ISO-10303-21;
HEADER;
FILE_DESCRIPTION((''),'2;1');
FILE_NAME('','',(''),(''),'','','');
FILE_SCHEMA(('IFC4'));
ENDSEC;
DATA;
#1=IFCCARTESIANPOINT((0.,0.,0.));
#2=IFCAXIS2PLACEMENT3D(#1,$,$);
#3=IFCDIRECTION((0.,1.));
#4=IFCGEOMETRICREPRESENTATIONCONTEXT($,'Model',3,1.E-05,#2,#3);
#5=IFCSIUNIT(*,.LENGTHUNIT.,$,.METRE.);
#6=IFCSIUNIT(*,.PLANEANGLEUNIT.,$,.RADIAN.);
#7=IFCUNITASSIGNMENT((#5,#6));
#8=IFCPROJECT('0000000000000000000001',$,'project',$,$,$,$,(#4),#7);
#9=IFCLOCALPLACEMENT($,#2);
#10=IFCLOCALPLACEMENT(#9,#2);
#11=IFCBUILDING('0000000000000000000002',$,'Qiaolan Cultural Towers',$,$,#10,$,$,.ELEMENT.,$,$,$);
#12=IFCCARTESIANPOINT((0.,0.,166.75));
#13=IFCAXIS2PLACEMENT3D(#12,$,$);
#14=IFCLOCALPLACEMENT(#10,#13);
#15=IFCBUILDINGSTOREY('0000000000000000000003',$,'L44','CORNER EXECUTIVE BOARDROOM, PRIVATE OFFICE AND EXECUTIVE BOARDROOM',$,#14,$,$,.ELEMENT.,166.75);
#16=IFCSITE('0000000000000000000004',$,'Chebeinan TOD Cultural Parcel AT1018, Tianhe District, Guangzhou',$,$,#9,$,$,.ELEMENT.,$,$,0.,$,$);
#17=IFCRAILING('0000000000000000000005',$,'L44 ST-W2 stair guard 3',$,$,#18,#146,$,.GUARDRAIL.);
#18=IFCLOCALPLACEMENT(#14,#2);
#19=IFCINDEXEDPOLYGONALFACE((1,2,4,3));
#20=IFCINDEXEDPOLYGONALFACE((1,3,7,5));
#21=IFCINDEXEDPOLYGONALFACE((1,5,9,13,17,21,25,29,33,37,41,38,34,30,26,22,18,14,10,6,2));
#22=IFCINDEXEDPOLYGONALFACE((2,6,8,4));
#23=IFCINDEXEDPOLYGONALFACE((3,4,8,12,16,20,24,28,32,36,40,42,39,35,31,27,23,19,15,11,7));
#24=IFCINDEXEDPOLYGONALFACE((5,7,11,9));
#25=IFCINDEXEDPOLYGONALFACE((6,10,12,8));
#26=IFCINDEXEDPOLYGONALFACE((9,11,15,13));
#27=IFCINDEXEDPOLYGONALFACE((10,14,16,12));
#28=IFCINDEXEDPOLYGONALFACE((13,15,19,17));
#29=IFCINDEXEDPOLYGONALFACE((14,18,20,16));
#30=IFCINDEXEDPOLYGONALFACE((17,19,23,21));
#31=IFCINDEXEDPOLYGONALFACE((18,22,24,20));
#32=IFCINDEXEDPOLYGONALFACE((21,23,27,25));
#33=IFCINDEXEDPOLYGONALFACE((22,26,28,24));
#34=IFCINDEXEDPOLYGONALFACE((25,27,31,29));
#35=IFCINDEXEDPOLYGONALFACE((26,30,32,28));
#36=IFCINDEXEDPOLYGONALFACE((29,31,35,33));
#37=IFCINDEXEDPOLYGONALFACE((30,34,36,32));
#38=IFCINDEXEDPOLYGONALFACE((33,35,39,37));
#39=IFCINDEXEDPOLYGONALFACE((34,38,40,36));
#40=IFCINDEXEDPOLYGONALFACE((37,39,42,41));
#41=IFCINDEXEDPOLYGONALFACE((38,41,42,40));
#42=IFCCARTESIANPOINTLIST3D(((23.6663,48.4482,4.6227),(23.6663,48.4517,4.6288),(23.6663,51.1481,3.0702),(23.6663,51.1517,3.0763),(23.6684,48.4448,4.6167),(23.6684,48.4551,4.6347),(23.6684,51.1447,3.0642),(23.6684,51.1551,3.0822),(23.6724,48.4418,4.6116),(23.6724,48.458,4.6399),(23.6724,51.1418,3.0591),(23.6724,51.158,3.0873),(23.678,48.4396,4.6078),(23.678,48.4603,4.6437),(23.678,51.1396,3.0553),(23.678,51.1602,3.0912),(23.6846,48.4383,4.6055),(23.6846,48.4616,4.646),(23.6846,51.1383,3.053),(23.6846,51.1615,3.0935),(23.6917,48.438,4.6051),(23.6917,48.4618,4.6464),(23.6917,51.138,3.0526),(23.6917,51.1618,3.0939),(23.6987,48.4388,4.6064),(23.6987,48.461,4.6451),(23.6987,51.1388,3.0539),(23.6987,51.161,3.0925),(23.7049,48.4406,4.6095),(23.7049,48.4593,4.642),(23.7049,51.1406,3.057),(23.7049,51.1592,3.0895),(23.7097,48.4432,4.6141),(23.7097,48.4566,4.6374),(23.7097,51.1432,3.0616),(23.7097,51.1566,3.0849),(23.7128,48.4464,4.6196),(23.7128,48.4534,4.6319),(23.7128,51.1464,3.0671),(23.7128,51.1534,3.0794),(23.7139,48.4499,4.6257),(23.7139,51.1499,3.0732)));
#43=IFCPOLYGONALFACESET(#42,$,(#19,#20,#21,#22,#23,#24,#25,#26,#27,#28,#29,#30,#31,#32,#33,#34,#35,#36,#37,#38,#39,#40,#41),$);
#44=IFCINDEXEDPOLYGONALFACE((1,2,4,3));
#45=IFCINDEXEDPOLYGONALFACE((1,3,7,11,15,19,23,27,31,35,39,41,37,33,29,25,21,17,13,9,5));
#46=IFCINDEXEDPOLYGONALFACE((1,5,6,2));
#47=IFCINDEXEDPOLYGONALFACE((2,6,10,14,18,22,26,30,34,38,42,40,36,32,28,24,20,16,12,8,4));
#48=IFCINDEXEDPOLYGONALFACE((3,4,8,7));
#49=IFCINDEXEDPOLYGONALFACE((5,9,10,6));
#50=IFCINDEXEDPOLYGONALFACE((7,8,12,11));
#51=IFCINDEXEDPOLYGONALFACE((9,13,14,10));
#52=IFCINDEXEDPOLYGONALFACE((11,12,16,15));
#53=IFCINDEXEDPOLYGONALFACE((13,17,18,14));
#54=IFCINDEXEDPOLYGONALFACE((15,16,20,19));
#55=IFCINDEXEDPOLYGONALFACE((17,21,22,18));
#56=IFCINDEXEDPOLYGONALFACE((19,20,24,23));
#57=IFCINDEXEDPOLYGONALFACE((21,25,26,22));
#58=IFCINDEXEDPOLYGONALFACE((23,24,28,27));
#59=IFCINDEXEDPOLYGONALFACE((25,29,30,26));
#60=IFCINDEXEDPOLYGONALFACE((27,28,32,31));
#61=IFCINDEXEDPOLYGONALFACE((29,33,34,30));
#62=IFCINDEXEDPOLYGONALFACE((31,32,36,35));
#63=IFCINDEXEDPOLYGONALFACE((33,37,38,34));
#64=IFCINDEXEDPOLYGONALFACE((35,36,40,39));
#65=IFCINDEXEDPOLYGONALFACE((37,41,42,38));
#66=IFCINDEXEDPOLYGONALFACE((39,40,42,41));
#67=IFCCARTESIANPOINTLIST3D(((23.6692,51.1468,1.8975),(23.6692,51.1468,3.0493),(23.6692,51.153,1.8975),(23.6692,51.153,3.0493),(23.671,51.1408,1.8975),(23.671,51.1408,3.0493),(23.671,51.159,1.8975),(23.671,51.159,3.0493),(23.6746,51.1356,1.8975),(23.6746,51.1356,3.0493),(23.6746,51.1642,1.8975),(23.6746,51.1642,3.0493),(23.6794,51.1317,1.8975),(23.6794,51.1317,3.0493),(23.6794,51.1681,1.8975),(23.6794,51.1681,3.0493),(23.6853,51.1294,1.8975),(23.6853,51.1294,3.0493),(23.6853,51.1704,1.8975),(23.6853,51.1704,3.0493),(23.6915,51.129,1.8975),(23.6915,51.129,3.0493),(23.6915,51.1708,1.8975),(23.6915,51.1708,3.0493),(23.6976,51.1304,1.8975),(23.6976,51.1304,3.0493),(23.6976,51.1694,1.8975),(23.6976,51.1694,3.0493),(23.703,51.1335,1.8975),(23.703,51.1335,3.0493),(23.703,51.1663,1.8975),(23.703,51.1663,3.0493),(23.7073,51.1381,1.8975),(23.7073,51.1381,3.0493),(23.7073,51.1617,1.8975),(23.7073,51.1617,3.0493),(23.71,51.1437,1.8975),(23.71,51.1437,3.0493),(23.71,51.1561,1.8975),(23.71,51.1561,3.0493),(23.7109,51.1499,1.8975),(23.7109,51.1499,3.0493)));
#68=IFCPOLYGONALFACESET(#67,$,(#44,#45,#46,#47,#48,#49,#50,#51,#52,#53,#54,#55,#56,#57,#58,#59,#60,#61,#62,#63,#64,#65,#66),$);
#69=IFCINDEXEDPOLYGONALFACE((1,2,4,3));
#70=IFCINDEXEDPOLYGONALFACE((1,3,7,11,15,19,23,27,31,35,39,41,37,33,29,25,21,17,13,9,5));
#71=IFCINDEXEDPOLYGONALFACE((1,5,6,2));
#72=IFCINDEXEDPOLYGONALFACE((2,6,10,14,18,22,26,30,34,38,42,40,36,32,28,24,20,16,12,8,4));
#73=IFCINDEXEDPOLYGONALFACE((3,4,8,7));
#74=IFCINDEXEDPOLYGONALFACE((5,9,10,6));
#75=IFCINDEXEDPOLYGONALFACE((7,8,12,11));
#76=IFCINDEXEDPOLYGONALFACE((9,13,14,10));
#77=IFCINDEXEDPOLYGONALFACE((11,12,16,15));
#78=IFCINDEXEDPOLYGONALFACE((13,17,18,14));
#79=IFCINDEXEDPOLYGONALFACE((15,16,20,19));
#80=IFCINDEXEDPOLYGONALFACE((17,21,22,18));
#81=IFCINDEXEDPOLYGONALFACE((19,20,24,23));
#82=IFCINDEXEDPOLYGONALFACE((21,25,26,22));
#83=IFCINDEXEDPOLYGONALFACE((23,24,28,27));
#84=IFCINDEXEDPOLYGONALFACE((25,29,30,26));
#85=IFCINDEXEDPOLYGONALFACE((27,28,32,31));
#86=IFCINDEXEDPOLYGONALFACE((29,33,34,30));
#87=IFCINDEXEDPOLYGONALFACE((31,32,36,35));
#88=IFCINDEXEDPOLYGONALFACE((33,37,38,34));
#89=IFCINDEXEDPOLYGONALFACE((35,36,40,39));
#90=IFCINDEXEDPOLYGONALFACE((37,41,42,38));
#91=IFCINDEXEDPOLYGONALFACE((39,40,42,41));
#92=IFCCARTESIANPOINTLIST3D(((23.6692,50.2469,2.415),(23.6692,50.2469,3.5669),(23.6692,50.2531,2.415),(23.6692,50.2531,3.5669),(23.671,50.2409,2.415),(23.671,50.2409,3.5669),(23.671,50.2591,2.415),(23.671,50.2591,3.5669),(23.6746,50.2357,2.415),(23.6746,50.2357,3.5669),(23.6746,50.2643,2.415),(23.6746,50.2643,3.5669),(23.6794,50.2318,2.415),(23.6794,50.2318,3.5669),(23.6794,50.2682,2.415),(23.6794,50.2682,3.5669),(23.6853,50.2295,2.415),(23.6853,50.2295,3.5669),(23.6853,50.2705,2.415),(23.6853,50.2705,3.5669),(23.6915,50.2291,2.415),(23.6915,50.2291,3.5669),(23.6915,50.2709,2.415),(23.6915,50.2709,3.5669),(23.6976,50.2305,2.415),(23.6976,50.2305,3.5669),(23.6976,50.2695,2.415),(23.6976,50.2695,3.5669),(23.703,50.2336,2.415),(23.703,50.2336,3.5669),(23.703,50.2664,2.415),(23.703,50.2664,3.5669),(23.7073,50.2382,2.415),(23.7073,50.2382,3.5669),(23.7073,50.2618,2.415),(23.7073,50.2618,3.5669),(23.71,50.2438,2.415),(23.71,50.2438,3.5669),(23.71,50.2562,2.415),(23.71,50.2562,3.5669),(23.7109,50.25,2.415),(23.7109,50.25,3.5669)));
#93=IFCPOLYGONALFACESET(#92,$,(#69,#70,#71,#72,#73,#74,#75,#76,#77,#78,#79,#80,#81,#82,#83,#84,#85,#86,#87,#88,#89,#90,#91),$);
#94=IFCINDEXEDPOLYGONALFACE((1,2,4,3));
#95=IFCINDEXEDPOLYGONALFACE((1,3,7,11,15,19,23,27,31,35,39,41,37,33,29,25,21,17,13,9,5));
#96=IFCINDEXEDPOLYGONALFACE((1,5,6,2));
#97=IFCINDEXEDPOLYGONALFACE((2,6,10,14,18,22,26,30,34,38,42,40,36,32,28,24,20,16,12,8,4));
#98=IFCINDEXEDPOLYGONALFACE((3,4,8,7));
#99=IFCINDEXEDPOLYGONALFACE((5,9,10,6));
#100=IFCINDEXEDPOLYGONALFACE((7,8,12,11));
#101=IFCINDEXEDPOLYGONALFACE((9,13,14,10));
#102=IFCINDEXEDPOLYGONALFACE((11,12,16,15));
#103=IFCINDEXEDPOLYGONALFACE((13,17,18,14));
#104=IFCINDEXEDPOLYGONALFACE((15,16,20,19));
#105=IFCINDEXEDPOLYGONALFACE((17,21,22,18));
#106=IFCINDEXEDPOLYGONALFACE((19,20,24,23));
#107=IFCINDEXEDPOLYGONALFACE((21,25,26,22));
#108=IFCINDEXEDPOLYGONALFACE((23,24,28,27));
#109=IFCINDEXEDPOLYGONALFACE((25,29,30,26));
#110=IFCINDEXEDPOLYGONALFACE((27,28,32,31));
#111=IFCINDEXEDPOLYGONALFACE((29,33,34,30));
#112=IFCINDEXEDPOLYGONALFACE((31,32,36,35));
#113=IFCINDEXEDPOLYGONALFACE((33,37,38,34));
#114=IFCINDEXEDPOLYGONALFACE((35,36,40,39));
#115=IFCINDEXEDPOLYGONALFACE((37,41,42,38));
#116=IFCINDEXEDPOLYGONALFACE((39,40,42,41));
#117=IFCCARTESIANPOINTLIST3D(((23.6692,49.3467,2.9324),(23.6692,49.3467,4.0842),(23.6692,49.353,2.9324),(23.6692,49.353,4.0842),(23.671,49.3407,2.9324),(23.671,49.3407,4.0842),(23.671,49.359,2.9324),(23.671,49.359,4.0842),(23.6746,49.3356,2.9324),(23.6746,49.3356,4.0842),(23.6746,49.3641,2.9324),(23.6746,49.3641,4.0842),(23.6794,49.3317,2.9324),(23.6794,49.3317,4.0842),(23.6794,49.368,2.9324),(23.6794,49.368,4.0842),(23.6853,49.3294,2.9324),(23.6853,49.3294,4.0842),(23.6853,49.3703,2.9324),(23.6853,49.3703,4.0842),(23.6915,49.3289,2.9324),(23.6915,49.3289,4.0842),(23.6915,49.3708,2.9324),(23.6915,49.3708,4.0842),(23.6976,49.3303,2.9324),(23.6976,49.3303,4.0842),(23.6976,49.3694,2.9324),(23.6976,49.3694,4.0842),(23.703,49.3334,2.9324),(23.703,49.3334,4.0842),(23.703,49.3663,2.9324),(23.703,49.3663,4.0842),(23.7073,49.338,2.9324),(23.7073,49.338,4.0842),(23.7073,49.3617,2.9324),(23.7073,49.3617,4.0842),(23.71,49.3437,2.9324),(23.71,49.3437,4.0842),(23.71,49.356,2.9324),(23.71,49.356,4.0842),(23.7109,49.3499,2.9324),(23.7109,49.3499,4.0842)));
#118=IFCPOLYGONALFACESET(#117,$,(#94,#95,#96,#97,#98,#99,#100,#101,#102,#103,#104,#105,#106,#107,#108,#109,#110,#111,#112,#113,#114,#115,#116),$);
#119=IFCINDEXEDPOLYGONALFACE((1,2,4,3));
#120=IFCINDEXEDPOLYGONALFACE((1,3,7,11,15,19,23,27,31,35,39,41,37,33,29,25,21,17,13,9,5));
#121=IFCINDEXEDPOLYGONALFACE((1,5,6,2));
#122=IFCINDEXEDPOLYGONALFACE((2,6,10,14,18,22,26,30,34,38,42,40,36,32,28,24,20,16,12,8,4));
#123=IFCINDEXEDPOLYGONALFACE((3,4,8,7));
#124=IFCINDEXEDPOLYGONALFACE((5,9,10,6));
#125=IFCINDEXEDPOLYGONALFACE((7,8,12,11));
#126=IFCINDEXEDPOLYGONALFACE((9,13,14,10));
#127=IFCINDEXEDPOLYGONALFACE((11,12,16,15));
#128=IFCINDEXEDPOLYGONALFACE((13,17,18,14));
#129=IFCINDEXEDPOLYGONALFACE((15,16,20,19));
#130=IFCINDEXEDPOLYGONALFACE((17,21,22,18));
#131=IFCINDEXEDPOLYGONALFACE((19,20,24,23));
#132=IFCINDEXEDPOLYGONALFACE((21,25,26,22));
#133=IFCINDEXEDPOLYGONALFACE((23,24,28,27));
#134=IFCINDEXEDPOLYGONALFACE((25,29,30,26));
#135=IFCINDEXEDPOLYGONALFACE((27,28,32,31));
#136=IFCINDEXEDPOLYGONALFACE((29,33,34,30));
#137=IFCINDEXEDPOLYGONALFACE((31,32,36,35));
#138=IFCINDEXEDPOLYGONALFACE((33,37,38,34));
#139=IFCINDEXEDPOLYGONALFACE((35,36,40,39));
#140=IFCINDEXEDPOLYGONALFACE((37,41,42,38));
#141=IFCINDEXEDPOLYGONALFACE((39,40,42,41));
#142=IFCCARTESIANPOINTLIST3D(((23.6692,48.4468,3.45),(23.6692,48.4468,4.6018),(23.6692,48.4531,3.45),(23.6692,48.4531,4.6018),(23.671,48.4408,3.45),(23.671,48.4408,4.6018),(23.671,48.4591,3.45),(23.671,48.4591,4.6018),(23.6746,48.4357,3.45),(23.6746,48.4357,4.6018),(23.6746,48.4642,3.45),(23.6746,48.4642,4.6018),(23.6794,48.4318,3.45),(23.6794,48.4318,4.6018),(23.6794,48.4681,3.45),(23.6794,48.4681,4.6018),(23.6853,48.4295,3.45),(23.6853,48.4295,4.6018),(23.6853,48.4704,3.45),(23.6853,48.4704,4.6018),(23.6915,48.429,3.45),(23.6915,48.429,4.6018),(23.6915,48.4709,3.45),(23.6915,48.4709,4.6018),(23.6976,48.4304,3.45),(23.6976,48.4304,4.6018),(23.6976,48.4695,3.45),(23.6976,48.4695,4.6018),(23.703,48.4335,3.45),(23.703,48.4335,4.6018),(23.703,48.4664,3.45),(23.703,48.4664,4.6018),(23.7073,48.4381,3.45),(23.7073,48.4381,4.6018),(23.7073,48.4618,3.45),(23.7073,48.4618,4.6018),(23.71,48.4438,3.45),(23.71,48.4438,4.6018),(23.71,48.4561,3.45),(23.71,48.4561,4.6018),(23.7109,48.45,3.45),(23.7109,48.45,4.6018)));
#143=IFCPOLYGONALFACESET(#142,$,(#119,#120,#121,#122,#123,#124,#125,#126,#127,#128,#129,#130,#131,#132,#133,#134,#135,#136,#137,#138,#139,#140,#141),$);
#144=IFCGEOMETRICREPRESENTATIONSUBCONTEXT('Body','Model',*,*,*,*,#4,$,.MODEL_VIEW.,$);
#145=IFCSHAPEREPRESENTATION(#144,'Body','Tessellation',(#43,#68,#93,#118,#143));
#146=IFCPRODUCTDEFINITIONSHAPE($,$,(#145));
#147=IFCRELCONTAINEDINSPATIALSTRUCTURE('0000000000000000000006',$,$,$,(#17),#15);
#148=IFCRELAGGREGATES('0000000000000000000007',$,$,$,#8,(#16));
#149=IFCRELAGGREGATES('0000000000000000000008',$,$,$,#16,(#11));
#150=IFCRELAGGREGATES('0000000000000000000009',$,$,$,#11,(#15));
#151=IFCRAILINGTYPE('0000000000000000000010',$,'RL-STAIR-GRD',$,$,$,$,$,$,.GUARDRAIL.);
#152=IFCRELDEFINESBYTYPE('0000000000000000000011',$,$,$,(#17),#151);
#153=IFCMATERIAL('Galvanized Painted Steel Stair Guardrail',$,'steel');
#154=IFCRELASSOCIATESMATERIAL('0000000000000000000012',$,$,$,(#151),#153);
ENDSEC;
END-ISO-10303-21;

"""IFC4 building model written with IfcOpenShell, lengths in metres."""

from ifc_helpers import new_model, si_unit, direction, frame, origin, origin_2d, place, context, subcontext, project, spatial, circle, extrude, material, type_object, element, save


model = new_model("IFC4")

# Units and contexts
model_context = context("Model", 3, precision=1e-05, world=origin(), true_north=direction((0.0, 1.0)))
body_context = subcontext(model_context, "Body", "Model", "MODEL_VIEW")
ifc_project = project(units=[si_unit("LENGTHUNIT", "METRE"), si_unit("PLANEANGLEUNIT", "RADIAN")], contexts=[model_context])

# Site, building, storey
site_placement = place(None, origin())
site = spatial("IfcSite", under=ifc_project, at=site_placement, Name="Chebeinan TOD Cultural Parcel AT1018, Tianhe District, Guangzhou", CompositionType="ELEMENT", RefElevation=0.0)
building_placement = place(site_placement, origin())
building = spatial("IfcBuilding", under=site, at=building_placement, Name="Qiaolan Cultural Towers", CompositionType="ELEMENT")
storey_placement = place(building_placement, frame((0.0, 0.0, 166.75)))
storey = spatial("IfcBuildingStorey", under=building, at=storey_placement, Name="L44", Description="CORNER EXECUTIVE BOARDROOM, PRIVATE OFFICE AND EXECUTIVE BOARDROOM", CompositionType="ELEMENT", Elevation=166.75)

# Railing
ifc_material_1 = material(Name="Galvanized Painted Steel Stair Guardrail", Category="steel")
railing_type_1 = type_object("IfcRailingType", Name="RL-STAIR-GRD", PredefinedType="GUARDRAIL", material=ifc_material_1)
railing_1_placement = place(storey_placement, frame((23.6899, 51.1499, 1.8975)))
element("IfcRailing", 1, at=railing_1_placement, inside=storey, type_object=railing_type_1, Name="L44 ST-W2 stair guard 3", PredefinedType="GUARDRAIL", context=body_context, shape_type="SweptSolid", body=[
    extrude(circle(Radius=0.0239, at=origin_2d()), frame((0.0, 0.0, 1.1758), z_axis=(0.0, -0.866904, 0.498476), x_axis=(1.0, 0.0, 0.0)), (0.0, 0.0, 1.0), 3.1145),
    extrude(circle(Radius=0.021, at=origin_2d()), origin(), (0.0, 0.0, 1.0), 1.1519),
    extrude(circle(Radius=0.021, at=origin_2d()), frame((0.0, -0.8999, 0.5176)), (0.0, 0.0, 1.0), 1.1519),
    extrude(circle(Radius=0.021, at=origin_2d()), frame((0.0, -1.8, 1.0349)), (0.0, 0.0, 1.0), 1.1519),
    extrude(circle(Radius=0.021, at=origin_2d()), frame((0.0, -2.7, 1.5525)), (0.0, 0.0, 1.0), 1.1519),
])

save(model, "model.ifc")
